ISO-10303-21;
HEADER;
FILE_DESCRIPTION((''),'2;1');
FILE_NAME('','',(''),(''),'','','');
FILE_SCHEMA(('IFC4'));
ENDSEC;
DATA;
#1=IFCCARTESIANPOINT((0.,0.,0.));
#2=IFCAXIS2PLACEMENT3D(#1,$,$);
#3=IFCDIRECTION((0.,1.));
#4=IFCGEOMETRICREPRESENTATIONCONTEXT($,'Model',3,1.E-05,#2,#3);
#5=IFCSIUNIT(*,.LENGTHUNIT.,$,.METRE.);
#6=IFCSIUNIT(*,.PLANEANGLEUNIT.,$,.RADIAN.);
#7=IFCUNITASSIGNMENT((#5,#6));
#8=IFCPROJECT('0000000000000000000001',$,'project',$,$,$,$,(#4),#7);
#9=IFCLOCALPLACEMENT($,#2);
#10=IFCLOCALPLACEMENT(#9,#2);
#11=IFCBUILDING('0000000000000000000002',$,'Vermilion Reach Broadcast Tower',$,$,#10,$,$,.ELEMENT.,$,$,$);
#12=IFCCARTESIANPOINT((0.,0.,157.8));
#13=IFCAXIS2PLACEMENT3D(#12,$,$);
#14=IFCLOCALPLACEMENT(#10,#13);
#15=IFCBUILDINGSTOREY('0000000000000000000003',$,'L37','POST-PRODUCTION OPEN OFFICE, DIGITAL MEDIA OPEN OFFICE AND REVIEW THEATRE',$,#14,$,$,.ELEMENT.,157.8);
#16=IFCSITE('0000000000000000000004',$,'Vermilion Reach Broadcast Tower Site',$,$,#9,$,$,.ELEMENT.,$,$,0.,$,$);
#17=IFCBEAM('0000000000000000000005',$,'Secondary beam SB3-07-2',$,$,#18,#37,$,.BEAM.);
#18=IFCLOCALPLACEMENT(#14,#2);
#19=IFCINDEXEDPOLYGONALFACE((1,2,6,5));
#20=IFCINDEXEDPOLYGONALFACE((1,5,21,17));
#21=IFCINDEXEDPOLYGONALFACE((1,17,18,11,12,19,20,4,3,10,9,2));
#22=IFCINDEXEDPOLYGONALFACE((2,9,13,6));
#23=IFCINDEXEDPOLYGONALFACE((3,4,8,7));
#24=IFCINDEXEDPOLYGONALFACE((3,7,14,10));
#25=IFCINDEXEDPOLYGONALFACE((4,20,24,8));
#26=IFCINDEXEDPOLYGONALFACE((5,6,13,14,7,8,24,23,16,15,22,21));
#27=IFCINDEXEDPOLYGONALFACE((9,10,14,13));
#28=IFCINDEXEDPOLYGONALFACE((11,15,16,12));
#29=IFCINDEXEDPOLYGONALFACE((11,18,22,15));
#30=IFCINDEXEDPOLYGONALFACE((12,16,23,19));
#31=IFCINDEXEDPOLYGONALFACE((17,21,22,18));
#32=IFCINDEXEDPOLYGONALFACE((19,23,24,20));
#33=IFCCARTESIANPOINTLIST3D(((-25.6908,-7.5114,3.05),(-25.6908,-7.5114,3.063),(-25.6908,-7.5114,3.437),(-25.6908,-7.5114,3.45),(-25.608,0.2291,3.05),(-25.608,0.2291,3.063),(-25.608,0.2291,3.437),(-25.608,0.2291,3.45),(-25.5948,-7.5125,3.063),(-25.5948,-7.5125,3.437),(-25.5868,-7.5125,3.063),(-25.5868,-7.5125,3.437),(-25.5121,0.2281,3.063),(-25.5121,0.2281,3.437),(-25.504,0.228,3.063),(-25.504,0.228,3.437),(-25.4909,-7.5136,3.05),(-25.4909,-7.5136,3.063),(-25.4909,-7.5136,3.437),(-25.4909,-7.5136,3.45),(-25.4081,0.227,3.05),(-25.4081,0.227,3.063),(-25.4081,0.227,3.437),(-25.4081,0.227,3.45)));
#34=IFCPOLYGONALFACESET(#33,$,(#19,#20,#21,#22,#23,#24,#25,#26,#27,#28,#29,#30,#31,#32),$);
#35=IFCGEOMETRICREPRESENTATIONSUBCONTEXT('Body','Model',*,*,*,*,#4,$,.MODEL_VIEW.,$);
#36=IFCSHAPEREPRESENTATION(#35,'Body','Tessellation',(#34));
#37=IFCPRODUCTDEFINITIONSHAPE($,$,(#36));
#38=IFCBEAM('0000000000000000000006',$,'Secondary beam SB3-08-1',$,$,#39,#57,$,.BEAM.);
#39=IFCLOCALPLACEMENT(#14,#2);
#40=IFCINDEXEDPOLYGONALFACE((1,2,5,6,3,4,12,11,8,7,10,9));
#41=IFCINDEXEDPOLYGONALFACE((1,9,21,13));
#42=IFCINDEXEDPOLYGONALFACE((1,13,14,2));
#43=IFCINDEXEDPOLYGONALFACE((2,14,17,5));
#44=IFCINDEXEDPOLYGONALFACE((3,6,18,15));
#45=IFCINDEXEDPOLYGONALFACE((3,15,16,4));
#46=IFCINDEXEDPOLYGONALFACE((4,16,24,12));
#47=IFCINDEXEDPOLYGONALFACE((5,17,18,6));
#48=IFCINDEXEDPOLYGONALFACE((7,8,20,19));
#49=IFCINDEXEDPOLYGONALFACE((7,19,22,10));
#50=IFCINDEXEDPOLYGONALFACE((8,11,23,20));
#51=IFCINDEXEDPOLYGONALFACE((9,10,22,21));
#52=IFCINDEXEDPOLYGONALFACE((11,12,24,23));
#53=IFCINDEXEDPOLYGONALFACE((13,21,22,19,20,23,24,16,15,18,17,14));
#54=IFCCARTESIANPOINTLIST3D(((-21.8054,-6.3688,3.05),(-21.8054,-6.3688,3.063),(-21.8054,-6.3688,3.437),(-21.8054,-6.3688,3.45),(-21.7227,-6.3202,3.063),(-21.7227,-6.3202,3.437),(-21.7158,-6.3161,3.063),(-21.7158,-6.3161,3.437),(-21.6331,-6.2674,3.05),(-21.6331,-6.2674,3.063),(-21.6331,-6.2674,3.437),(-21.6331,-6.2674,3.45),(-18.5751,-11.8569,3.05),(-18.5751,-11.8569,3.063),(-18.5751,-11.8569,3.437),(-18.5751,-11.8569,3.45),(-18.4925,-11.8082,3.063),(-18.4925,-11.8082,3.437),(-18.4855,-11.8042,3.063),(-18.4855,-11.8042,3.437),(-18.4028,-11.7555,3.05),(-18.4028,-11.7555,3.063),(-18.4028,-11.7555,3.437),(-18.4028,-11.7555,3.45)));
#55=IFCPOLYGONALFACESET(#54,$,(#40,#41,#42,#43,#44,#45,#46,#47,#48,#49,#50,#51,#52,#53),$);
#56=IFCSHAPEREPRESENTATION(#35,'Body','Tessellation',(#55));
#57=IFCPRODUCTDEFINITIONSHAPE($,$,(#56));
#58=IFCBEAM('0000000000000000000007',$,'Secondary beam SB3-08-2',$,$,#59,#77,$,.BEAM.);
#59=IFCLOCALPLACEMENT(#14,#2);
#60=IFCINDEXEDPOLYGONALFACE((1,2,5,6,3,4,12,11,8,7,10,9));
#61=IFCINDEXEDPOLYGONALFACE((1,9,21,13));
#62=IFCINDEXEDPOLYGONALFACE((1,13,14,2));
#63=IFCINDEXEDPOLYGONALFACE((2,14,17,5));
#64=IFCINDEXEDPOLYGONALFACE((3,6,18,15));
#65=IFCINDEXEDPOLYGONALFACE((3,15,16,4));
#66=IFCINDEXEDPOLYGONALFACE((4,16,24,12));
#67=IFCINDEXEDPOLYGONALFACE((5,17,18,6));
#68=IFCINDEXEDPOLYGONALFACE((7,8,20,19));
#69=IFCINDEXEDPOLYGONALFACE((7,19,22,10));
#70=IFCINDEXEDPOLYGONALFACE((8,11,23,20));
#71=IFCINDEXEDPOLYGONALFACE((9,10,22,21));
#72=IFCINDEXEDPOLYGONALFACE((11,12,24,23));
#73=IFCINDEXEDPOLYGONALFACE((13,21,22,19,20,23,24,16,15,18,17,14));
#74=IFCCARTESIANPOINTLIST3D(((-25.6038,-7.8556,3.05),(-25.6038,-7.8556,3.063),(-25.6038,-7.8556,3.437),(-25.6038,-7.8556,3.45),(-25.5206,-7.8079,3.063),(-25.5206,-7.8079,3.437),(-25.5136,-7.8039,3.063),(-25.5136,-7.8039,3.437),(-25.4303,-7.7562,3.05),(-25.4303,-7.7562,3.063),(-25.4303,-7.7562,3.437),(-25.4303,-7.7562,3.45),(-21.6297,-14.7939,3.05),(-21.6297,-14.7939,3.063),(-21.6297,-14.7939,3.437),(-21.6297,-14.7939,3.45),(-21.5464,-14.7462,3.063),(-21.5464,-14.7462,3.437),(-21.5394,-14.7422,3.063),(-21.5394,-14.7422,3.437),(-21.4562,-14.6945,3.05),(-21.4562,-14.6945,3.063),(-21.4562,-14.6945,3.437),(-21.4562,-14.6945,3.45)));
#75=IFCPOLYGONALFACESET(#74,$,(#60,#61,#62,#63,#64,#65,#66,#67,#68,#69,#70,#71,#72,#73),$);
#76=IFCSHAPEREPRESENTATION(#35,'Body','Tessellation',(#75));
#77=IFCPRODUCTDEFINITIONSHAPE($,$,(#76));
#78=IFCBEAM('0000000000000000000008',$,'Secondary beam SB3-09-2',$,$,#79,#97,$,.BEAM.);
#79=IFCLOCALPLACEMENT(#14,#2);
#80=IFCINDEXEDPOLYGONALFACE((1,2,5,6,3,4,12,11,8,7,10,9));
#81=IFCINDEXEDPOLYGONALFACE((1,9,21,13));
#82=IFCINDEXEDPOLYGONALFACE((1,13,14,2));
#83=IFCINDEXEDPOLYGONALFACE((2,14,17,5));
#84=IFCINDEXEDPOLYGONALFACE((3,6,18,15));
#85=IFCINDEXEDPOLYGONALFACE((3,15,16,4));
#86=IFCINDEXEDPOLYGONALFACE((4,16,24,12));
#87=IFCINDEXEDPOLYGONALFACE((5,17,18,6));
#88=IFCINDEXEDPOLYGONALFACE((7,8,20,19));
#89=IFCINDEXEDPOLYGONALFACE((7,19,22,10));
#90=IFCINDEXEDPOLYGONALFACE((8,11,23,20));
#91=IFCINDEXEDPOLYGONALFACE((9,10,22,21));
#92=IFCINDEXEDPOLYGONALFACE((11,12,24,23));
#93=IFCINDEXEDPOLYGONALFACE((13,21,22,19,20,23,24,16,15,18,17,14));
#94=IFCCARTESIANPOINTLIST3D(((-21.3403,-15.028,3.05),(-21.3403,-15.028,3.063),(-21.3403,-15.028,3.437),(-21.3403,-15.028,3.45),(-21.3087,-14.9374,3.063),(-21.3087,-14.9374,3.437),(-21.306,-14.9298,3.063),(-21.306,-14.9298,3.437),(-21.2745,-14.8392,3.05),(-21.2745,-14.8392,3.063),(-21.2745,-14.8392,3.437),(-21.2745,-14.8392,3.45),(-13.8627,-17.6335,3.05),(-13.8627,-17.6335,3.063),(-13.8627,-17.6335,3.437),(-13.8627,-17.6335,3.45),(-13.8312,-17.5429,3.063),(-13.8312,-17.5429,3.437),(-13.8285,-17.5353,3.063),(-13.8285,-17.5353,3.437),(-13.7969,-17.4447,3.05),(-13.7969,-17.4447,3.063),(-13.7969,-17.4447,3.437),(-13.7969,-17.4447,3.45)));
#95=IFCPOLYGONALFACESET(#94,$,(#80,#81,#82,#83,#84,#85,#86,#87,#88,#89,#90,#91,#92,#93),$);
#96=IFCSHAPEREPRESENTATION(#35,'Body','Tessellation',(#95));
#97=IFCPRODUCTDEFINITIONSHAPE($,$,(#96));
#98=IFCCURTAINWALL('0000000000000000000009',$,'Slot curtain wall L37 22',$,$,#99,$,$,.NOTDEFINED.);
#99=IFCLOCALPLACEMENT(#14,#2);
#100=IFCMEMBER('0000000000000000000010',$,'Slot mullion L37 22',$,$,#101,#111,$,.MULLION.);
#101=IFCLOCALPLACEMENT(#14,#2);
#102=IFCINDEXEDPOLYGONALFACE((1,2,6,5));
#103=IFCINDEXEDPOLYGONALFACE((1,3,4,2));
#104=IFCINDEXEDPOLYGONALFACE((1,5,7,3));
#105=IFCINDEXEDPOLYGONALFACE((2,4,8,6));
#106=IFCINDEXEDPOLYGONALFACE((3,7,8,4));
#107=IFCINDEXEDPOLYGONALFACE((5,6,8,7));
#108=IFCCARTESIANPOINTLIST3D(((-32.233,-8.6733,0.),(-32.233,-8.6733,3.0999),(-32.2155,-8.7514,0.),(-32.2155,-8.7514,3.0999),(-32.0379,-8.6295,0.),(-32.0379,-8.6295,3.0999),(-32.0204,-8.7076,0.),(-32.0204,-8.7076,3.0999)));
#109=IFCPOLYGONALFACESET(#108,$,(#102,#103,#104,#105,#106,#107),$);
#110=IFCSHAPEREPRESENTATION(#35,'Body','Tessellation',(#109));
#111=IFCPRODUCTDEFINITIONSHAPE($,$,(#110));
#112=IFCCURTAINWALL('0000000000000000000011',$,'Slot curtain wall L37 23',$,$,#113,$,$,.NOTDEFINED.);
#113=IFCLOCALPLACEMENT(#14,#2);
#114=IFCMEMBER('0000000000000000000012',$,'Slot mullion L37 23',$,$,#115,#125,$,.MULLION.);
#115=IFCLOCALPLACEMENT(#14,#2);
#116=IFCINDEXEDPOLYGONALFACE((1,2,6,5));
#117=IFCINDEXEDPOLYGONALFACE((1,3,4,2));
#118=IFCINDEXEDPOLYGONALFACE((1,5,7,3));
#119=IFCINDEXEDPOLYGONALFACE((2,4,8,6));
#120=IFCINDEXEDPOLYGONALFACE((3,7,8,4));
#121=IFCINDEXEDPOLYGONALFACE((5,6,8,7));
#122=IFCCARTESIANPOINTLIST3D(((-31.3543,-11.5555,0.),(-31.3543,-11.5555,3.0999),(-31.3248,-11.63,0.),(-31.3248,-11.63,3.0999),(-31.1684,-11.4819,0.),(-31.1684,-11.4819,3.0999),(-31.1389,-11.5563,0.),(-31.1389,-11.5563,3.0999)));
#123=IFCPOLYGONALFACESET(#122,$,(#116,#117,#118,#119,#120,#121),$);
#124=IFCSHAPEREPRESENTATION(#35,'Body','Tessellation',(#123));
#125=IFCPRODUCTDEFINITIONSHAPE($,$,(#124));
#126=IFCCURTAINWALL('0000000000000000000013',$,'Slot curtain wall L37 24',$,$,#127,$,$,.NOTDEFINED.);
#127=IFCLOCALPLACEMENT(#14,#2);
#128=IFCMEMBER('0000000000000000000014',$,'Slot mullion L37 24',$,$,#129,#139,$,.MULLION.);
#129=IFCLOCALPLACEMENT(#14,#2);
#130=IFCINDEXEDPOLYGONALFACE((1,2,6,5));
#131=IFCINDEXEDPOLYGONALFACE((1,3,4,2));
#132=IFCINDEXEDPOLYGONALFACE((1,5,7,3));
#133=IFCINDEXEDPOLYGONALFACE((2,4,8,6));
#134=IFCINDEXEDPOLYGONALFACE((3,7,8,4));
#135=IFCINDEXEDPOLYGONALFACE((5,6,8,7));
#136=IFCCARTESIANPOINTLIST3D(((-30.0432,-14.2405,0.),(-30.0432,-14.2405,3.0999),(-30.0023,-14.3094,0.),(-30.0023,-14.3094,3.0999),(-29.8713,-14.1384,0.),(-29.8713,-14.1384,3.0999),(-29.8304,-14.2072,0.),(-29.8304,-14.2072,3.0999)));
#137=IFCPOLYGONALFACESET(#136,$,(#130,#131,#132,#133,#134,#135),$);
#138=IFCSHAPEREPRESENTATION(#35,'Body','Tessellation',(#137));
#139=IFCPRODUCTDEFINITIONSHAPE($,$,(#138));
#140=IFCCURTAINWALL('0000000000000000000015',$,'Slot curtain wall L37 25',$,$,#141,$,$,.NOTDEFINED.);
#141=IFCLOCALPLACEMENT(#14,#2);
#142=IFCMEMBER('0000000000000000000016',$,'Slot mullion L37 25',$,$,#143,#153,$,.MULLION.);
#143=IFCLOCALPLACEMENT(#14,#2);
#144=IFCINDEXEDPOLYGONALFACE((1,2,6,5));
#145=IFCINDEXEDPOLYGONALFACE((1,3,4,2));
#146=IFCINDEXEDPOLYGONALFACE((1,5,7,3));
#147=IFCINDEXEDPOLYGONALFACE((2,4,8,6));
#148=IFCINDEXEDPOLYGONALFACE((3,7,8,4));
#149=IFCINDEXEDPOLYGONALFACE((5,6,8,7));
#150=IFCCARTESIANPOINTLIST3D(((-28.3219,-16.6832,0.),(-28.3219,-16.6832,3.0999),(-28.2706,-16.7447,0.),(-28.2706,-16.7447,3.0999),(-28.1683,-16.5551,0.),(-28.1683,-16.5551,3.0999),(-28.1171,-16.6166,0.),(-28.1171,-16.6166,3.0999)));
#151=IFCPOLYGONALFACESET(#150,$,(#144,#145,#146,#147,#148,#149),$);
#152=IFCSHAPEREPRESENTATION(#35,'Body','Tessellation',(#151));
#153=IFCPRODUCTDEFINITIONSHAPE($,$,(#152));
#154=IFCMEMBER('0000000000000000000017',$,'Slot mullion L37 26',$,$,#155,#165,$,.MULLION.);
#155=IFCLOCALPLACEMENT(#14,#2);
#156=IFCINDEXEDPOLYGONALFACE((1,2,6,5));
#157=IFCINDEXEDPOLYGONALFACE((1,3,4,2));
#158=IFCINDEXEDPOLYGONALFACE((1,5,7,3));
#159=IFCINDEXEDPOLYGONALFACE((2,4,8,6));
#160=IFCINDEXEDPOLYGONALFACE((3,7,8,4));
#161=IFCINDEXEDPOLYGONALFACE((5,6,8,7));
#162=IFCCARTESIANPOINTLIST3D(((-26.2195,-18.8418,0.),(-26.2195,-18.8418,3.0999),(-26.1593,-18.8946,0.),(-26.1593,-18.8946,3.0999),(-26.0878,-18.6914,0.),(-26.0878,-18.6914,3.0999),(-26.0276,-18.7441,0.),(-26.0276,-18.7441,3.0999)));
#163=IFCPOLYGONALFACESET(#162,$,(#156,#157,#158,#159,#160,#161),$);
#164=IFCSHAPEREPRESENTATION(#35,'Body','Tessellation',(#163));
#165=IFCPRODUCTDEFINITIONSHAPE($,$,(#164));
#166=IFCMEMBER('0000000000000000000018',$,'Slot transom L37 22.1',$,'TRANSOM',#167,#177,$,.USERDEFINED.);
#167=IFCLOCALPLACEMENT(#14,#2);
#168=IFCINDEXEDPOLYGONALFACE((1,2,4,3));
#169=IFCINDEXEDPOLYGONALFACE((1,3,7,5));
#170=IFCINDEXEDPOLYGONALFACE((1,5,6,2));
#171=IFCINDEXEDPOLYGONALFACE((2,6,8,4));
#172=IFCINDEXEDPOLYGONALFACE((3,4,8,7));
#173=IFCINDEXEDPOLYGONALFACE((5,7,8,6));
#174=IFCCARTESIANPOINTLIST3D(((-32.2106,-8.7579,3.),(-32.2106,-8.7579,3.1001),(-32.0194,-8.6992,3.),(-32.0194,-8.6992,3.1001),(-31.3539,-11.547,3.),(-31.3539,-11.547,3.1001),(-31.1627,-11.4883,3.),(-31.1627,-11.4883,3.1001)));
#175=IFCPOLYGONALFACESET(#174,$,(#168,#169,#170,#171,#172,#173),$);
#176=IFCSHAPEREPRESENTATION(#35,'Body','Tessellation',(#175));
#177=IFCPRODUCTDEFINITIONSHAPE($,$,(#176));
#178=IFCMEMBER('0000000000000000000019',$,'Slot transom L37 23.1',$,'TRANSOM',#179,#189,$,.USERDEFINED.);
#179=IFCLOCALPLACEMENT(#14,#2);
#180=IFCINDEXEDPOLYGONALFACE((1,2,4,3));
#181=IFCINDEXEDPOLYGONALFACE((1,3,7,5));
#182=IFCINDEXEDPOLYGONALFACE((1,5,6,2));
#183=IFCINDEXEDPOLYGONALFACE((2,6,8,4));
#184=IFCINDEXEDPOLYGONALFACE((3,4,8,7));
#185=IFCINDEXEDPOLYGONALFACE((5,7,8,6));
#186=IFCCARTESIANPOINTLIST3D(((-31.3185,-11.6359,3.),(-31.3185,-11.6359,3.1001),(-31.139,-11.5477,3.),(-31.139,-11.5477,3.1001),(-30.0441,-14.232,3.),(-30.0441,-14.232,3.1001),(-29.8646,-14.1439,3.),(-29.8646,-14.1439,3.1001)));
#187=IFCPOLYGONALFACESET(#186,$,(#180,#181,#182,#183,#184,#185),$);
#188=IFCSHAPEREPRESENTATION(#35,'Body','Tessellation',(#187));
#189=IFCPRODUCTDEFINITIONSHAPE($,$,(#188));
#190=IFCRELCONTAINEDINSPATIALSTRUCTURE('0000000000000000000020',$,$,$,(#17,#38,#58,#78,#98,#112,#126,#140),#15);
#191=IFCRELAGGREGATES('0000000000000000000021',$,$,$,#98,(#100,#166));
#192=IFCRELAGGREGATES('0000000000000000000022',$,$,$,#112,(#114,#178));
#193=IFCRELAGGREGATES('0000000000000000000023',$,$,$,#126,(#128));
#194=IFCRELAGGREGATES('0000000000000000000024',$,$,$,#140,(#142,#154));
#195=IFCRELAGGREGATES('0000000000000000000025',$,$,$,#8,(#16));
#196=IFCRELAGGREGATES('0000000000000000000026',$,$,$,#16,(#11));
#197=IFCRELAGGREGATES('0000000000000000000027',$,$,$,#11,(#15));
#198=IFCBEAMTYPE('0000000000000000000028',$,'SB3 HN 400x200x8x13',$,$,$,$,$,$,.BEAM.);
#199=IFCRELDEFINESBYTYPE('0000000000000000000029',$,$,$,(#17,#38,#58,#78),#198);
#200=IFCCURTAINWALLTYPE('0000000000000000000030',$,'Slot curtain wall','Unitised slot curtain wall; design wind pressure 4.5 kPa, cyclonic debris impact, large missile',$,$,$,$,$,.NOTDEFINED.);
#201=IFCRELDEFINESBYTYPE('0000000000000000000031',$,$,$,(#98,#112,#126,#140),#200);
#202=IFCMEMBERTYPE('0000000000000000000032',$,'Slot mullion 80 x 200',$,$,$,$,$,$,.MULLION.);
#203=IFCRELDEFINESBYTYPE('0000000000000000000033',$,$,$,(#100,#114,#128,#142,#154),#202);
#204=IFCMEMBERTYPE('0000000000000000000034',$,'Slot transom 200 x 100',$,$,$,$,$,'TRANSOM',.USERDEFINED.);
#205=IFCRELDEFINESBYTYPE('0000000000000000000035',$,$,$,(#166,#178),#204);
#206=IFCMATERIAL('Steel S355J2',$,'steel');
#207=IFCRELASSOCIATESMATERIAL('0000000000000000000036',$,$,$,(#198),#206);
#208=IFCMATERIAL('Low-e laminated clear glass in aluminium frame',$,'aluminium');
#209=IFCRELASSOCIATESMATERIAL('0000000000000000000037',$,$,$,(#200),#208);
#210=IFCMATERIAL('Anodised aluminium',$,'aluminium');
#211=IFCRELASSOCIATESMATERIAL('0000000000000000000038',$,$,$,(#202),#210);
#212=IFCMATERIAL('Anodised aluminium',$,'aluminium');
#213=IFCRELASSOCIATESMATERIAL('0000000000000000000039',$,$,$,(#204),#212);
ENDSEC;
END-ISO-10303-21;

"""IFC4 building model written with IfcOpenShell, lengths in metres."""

from ifc_helpers import new_model, si_unit, direction, frame, origin, origin_2d, place, context, subcontext, project, spatial, rectangle, i_section, extrude, material, material_profile, profile_set, type_object, element, aggregate, save


model = new_model("IFC4")

# Units and contexts
model_context = context("Model", 3, precision=1e-05, world=origin(), true_north=direction((0.0, 1.0)))
body_context = subcontext(model_context, "Body", "Model", "MODEL_VIEW")
ifc_project = project(units=[si_unit("LENGTHUNIT", "METRE"), si_unit("PLANEANGLEUNIT", "RADIAN")], contexts=[model_context])

# Site, building, storey
site_placement = place(None, origin())
site = spatial("IfcSite", under=ifc_project, at=site_placement, Name="Vermilion Reach Broadcast Tower Site", CompositionType="ELEMENT", RefElevation=0.0)
building_placement = place(site_placement, origin())
building = spatial("IfcBuilding", under=site, at=building_placement, Name="Vermilion Reach Broadcast Tower", CompositionType="ELEMENT")
storey_placement = place(building_placement, frame((0.0, 0.0, 157.8)))
storey = spatial("IfcBuildingStorey", under=building, at=storey_placement, Name="L37", Description="POST-PRODUCTION OPEN OFFICE, DIGITAL MEDIA OPEN OFFICE AND REVIEW THEATRE", CompositionType="ELEMENT", Elevation=157.8)

# Beams
ifc_material_1 = material(Name="Steel S355J2", Category="steel")
ifc_material_profile_1 = material_profile(ifc_material_1, i_section(OverallWidth=0.2, OverallDepth=0.3999, WebThickness=0.0081, FlangeThickness=0.0129, at=origin_2d()), Name="S355J2 HN 400x200x8x13")
ifc_profile_set_1 = profile_set([ifc_material_profile_1], Name="Steel S355J2")
beam_type_1 = type_object("IfcBeamType", Name="SB3 HN 400x200x8x13", PredefinedType="BEAM", material=ifc_profile_set_1)
beam_1_placement = place(storey_placement, frame((-25.5081, 0.228, 3.25), z_axis=(-0.010692, -0.999943, 0.0), x_axis=(0.999943, -0.010692, 0.0)))
element("IfcBeam", 1, at=beam_1_placement, inside=storey, type_object=beam_type_1, Name="Secondary beam SB3-07-2", PredefinedType="BEAM", context=body_context, shape_type="SweptSolid", body=[
    extrude(i_section(OverallWidth=0.2, OverallDepth=0.3999, WebThickness=0.0081, FlangeThickness=0.0129, at=origin_2d()), origin(), (0.0, 0.0, 1.0), 7.741),
])
beam_2_placement = place(storey_placement, frame((-21.7192, -6.3181, 3.25), z_axis=(0.50725, -0.861799, 0.0), x_axis=(0.861799, 0.50725, 0.0)))
element("IfcBeam", 2, at=beam_2_placement, inside=storey, type_object=beam_type_1, Name="Secondary beam SB3-08-1", PredefinedType="BEAM", context=body_context, shape_type="SweptSolid", body=[
    extrude(i_section(OverallWidth=0.2, OverallDepth=0.3999, WebThickness=0.0081, FlangeThickness=0.0129, at=origin_2d()), origin(), (0.0, 0.0, 1.0), 6.3682),
])
beam_3_placement = place(storey_placement, frame((-25.5171, -7.8059, 3.25), z_axis=(0.497027, -0.867735, 0.0), x_axis=(0.867735, 0.497027, 0.0)))
element("IfcBeam", 3, at=beam_3_placement, inside=storey, type_object=beam_type_1, Name="Secondary beam SB3-08-2", PredefinedType="BEAM", context=body_context, shape_type="SweptSolid", body=[
    extrude(i_section(OverallWidth=0.2, OverallDepth=0.3999, WebThickness=0.0081, FlangeThickness=0.0129, at=origin_2d()), origin(), (0.0, 0.0, 1.0), 7.9958),
])
beam_4_placement = place(storey_placement, frame((-21.3074, -14.9336, 3.25), z_axis=(0.944317, -0.329037, 0.0), x_axis=(0.329037, 0.944317, 0.0)))
element("IfcBeam", 4, at=beam_4_placement, inside=storey, type_object=beam_type_1, Name="Secondary beam SB3-09-2", PredefinedType="BEAM", context=body_context, shape_type="SweptSolid", body=[
    extrude(i_section(OverallWidth=0.2, OverallDepth=0.3999, WebThickness=0.0081, FlangeThickness=0.0129, at=origin_2d()), origin(), (0.0, 0.0, 1.0), 7.9185),
])

# Curtain walls, members
ifc_material_2 = material(Name="Low-e laminated clear glass in aluminium frame", Category="aluminium")
curtain_wall_type = type_object("IfcCurtainWallType", Name="Slot curtain wall", Description="Unitised slot curtain wall; design wind pressure 4.5 kPa, cyclonic debris impact, large missile", PredefinedType="NOTDEFINED", material=ifc_material_2)
placement = place(storey_placement, origin())
curtain_wall_1 = element("IfcCurtainWall", 5, at=placement, inside=storey, type_object=curtain_wall_type, Name="Slot curtain wall L37 22", PredefinedType="NOTDEFINED")
ifc_material_3 = material(Name="Anodised aluminium", Category="aluminium")
ifc_material_profile_2 = material_profile(ifc_material_3, rectangle(XDim=0.2, YDim=0.0801, at=origin_2d()), Name="Slot mullion 80 x 200")
ifc_profile_set_2 = profile_set([ifc_material_profile_2], Name="Anodised aluminium")
member_type_1 = type_object("IfcMemberType", Name="Slot mullion 80 x 200", PredefinedType="MULLION", material=ifc_profile_set_2)
member_1_placement = place(storey_placement, frame((-32.1267, -8.6904, 0.0), z_axis=(0.0, 0.0, 1.0), x_axis=(0.975739, 0.218936, 0.0)))
member_1 = element("IfcMember", 6, at=member_1_placement, type_object=member_type_1, Name="Slot mullion L37 22", PredefinedType="MULLION", context=body_context, shape_type="SweptSolid", body=[
    extrude(rectangle(XDim=0.2, YDim=0.0801, at=origin_2d()), origin(), (0.0, 0.0, 1.0), 3.0999),
])
curtain_wall_2 = element("IfcCurtainWall", 7, at=placement, inside=storey, type_object=curtain_wall_type, Name="Slot curtain wall L37 23", PredefinedType="NOTDEFINED")
member_2_placement = place(storey_placement, frame((-31.2466, -11.5559, 0.0), z_axis=(0.0, 0.0, 1.0), x_axis=(0.929705, 0.368305, 0.0)))
member_2 = element("IfcMember", 8, at=member_2_placement, type_object=member_type_1, Name="Slot mullion L37 23", PredefinedType="MULLION", context=body_context, shape_type="SweptSolid", body=[
    extrude(rectangle(XDim=0.2, YDim=0.0801, at=origin_2d()), origin(), (0.0, 0.0, 1.0), 3.0999),
])
curtain_wall_3 = element("IfcCurtainWall", 9, at=placement, inside=storey, type_object=curtain_wall_type, Name="Slot curtain wall L37 24", PredefinedType="NOTDEFINED")
member_3_placement = place(storey_placement, frame((-29.9368, -14.2239, 0.0), z_axis=(0.0, 0.0, 1.0), x_axis=(0.859674, 0.510843, 0.0)))
member_3 = element("IfcMember", 10, at=member_3_placement, type_object=member_type_1, Name="Slot mullion L37 24", PredefinedType="MULLION", context=body_context, shape_type="SweptSolid", body=[
    extrude(rectangle(XDim=0.2, YDim=0.0801, at=origin_2d()), origin(), (0.0, 0.0, 1.0), 3.0999),
])

# Curtain wall, members
curtain_wall_4 = element("IfcCurtainWall", 11, at=placement, inside=storey, type_object=curtain_wall_type, Name="Slot curtain wall L37 25", PredefinedType="NOTDEFINED")
member_4_placement = place(storey_placement, frame((-28.2195, -16.6499, 0.0), z_axis=(0.0, 0.0, 1.0), x_axis=(0.767961, 0.640497, 0.0)))
member_4 = element("IfcMember", 12, at=member_4_placement, type_object=member_type_1, Name="Slot mullion L37 25", PredefinedType="MULLION", context=body_context, shape_type="SweptSolid", body=[
    extrude(rectangle(XDim=0.2, YDim=0.0801, at=origin_2d()), origin(), (0.0, 0.0, 1.0), 3.0999),
])
member_5_placement = place(storey_placement, frame((-26.1235, -18.793, 0.0), z_axis=(0.0, 0.0, 1.0), x_axis=(0.658776, 0.75234, 0.0)))
member_5 = element("IfcMember", 13, at=member_5_placement, type_object=member_type_1, Name="Slot mullion L37 26", PredefinedType="MULLION", context=body_context, shape_type="SweptSolid", body=[
    extrude(rectangle(XDim=0.2, YDim=0.0801, at=origin_2d()), origin(), (0.0, 0.0, 1.0), 3.0999),
])

# Members
ifc_material_4 = material(Name="Anodised aluminium", Category="aluminium")
ifc_material_profile_3 = material_profile(ifc_material_4, rectangle(XDim=0.2, YDim=0.1001, at=origin_2d()), Name="Slot transom 200 x 100")
ifc_profile_set_3 = profile_set([ifc_material_profile_3], Name="Anodised aluminium")
member_type_2 = type_object("IfcMemberType", Name="Slot transom 200 x 100", ElementType="TRANSOM", PredefinedType="USERDEFINED", material=ifc_profile_set_3)
member_6_placement = place(storey_placement, frame((-32.115, -8.7285, 3.05), z_axis=(0.293621, -0.955922, 0.0), x_axis=(0.955922, 0.293621, 0.0)))
member_6 = element("IfcMember", 14, at=member_6_placement, type_object=member_type_2, Name="Slot transom L37 22.1", ObjectType="TRANSOM", PredefinedType="USERDEFINED", context=body_context, shape_type="SweptSolid", body=[
    extrude(rectangle(XDim=0.2, YDim=0.1001, at=origin_2d()), origin(), (0.0, 0.0, 1.0), 2.9177),
])
member_7_placement = place(storey_placement, frame((-31.2288, -11.5918, 3.05), z_axis=(0.440651, -0.897679, 0.0), x_axis=(0.897679, 0.440651, 0.0)))
member_7 = element("IfcMember", 15, at=member_7_placement, type_object=member_type_2, Name="Slot transom L37 23.1", ObjectType="TRANSOM", PredefinedType="USERDEFINED", context=body_context, shape_type="SweptSolid", body=[
    extrude(rectangle(XDim=0.2, YDim=0.1001, at=origin_2d()), origin(), (0.0, 0.0, 1.0), 2.8921),
])

aggregate(curtain_wall_1, [member_1, member_6])
aggregate(curtain_wall_2, [member_2, member_7])
aggregate(curtain_wall_3, [member_3])
aggregate(curtain_wall_4, [member_4, member_5])

save(model, "model.ifc")
